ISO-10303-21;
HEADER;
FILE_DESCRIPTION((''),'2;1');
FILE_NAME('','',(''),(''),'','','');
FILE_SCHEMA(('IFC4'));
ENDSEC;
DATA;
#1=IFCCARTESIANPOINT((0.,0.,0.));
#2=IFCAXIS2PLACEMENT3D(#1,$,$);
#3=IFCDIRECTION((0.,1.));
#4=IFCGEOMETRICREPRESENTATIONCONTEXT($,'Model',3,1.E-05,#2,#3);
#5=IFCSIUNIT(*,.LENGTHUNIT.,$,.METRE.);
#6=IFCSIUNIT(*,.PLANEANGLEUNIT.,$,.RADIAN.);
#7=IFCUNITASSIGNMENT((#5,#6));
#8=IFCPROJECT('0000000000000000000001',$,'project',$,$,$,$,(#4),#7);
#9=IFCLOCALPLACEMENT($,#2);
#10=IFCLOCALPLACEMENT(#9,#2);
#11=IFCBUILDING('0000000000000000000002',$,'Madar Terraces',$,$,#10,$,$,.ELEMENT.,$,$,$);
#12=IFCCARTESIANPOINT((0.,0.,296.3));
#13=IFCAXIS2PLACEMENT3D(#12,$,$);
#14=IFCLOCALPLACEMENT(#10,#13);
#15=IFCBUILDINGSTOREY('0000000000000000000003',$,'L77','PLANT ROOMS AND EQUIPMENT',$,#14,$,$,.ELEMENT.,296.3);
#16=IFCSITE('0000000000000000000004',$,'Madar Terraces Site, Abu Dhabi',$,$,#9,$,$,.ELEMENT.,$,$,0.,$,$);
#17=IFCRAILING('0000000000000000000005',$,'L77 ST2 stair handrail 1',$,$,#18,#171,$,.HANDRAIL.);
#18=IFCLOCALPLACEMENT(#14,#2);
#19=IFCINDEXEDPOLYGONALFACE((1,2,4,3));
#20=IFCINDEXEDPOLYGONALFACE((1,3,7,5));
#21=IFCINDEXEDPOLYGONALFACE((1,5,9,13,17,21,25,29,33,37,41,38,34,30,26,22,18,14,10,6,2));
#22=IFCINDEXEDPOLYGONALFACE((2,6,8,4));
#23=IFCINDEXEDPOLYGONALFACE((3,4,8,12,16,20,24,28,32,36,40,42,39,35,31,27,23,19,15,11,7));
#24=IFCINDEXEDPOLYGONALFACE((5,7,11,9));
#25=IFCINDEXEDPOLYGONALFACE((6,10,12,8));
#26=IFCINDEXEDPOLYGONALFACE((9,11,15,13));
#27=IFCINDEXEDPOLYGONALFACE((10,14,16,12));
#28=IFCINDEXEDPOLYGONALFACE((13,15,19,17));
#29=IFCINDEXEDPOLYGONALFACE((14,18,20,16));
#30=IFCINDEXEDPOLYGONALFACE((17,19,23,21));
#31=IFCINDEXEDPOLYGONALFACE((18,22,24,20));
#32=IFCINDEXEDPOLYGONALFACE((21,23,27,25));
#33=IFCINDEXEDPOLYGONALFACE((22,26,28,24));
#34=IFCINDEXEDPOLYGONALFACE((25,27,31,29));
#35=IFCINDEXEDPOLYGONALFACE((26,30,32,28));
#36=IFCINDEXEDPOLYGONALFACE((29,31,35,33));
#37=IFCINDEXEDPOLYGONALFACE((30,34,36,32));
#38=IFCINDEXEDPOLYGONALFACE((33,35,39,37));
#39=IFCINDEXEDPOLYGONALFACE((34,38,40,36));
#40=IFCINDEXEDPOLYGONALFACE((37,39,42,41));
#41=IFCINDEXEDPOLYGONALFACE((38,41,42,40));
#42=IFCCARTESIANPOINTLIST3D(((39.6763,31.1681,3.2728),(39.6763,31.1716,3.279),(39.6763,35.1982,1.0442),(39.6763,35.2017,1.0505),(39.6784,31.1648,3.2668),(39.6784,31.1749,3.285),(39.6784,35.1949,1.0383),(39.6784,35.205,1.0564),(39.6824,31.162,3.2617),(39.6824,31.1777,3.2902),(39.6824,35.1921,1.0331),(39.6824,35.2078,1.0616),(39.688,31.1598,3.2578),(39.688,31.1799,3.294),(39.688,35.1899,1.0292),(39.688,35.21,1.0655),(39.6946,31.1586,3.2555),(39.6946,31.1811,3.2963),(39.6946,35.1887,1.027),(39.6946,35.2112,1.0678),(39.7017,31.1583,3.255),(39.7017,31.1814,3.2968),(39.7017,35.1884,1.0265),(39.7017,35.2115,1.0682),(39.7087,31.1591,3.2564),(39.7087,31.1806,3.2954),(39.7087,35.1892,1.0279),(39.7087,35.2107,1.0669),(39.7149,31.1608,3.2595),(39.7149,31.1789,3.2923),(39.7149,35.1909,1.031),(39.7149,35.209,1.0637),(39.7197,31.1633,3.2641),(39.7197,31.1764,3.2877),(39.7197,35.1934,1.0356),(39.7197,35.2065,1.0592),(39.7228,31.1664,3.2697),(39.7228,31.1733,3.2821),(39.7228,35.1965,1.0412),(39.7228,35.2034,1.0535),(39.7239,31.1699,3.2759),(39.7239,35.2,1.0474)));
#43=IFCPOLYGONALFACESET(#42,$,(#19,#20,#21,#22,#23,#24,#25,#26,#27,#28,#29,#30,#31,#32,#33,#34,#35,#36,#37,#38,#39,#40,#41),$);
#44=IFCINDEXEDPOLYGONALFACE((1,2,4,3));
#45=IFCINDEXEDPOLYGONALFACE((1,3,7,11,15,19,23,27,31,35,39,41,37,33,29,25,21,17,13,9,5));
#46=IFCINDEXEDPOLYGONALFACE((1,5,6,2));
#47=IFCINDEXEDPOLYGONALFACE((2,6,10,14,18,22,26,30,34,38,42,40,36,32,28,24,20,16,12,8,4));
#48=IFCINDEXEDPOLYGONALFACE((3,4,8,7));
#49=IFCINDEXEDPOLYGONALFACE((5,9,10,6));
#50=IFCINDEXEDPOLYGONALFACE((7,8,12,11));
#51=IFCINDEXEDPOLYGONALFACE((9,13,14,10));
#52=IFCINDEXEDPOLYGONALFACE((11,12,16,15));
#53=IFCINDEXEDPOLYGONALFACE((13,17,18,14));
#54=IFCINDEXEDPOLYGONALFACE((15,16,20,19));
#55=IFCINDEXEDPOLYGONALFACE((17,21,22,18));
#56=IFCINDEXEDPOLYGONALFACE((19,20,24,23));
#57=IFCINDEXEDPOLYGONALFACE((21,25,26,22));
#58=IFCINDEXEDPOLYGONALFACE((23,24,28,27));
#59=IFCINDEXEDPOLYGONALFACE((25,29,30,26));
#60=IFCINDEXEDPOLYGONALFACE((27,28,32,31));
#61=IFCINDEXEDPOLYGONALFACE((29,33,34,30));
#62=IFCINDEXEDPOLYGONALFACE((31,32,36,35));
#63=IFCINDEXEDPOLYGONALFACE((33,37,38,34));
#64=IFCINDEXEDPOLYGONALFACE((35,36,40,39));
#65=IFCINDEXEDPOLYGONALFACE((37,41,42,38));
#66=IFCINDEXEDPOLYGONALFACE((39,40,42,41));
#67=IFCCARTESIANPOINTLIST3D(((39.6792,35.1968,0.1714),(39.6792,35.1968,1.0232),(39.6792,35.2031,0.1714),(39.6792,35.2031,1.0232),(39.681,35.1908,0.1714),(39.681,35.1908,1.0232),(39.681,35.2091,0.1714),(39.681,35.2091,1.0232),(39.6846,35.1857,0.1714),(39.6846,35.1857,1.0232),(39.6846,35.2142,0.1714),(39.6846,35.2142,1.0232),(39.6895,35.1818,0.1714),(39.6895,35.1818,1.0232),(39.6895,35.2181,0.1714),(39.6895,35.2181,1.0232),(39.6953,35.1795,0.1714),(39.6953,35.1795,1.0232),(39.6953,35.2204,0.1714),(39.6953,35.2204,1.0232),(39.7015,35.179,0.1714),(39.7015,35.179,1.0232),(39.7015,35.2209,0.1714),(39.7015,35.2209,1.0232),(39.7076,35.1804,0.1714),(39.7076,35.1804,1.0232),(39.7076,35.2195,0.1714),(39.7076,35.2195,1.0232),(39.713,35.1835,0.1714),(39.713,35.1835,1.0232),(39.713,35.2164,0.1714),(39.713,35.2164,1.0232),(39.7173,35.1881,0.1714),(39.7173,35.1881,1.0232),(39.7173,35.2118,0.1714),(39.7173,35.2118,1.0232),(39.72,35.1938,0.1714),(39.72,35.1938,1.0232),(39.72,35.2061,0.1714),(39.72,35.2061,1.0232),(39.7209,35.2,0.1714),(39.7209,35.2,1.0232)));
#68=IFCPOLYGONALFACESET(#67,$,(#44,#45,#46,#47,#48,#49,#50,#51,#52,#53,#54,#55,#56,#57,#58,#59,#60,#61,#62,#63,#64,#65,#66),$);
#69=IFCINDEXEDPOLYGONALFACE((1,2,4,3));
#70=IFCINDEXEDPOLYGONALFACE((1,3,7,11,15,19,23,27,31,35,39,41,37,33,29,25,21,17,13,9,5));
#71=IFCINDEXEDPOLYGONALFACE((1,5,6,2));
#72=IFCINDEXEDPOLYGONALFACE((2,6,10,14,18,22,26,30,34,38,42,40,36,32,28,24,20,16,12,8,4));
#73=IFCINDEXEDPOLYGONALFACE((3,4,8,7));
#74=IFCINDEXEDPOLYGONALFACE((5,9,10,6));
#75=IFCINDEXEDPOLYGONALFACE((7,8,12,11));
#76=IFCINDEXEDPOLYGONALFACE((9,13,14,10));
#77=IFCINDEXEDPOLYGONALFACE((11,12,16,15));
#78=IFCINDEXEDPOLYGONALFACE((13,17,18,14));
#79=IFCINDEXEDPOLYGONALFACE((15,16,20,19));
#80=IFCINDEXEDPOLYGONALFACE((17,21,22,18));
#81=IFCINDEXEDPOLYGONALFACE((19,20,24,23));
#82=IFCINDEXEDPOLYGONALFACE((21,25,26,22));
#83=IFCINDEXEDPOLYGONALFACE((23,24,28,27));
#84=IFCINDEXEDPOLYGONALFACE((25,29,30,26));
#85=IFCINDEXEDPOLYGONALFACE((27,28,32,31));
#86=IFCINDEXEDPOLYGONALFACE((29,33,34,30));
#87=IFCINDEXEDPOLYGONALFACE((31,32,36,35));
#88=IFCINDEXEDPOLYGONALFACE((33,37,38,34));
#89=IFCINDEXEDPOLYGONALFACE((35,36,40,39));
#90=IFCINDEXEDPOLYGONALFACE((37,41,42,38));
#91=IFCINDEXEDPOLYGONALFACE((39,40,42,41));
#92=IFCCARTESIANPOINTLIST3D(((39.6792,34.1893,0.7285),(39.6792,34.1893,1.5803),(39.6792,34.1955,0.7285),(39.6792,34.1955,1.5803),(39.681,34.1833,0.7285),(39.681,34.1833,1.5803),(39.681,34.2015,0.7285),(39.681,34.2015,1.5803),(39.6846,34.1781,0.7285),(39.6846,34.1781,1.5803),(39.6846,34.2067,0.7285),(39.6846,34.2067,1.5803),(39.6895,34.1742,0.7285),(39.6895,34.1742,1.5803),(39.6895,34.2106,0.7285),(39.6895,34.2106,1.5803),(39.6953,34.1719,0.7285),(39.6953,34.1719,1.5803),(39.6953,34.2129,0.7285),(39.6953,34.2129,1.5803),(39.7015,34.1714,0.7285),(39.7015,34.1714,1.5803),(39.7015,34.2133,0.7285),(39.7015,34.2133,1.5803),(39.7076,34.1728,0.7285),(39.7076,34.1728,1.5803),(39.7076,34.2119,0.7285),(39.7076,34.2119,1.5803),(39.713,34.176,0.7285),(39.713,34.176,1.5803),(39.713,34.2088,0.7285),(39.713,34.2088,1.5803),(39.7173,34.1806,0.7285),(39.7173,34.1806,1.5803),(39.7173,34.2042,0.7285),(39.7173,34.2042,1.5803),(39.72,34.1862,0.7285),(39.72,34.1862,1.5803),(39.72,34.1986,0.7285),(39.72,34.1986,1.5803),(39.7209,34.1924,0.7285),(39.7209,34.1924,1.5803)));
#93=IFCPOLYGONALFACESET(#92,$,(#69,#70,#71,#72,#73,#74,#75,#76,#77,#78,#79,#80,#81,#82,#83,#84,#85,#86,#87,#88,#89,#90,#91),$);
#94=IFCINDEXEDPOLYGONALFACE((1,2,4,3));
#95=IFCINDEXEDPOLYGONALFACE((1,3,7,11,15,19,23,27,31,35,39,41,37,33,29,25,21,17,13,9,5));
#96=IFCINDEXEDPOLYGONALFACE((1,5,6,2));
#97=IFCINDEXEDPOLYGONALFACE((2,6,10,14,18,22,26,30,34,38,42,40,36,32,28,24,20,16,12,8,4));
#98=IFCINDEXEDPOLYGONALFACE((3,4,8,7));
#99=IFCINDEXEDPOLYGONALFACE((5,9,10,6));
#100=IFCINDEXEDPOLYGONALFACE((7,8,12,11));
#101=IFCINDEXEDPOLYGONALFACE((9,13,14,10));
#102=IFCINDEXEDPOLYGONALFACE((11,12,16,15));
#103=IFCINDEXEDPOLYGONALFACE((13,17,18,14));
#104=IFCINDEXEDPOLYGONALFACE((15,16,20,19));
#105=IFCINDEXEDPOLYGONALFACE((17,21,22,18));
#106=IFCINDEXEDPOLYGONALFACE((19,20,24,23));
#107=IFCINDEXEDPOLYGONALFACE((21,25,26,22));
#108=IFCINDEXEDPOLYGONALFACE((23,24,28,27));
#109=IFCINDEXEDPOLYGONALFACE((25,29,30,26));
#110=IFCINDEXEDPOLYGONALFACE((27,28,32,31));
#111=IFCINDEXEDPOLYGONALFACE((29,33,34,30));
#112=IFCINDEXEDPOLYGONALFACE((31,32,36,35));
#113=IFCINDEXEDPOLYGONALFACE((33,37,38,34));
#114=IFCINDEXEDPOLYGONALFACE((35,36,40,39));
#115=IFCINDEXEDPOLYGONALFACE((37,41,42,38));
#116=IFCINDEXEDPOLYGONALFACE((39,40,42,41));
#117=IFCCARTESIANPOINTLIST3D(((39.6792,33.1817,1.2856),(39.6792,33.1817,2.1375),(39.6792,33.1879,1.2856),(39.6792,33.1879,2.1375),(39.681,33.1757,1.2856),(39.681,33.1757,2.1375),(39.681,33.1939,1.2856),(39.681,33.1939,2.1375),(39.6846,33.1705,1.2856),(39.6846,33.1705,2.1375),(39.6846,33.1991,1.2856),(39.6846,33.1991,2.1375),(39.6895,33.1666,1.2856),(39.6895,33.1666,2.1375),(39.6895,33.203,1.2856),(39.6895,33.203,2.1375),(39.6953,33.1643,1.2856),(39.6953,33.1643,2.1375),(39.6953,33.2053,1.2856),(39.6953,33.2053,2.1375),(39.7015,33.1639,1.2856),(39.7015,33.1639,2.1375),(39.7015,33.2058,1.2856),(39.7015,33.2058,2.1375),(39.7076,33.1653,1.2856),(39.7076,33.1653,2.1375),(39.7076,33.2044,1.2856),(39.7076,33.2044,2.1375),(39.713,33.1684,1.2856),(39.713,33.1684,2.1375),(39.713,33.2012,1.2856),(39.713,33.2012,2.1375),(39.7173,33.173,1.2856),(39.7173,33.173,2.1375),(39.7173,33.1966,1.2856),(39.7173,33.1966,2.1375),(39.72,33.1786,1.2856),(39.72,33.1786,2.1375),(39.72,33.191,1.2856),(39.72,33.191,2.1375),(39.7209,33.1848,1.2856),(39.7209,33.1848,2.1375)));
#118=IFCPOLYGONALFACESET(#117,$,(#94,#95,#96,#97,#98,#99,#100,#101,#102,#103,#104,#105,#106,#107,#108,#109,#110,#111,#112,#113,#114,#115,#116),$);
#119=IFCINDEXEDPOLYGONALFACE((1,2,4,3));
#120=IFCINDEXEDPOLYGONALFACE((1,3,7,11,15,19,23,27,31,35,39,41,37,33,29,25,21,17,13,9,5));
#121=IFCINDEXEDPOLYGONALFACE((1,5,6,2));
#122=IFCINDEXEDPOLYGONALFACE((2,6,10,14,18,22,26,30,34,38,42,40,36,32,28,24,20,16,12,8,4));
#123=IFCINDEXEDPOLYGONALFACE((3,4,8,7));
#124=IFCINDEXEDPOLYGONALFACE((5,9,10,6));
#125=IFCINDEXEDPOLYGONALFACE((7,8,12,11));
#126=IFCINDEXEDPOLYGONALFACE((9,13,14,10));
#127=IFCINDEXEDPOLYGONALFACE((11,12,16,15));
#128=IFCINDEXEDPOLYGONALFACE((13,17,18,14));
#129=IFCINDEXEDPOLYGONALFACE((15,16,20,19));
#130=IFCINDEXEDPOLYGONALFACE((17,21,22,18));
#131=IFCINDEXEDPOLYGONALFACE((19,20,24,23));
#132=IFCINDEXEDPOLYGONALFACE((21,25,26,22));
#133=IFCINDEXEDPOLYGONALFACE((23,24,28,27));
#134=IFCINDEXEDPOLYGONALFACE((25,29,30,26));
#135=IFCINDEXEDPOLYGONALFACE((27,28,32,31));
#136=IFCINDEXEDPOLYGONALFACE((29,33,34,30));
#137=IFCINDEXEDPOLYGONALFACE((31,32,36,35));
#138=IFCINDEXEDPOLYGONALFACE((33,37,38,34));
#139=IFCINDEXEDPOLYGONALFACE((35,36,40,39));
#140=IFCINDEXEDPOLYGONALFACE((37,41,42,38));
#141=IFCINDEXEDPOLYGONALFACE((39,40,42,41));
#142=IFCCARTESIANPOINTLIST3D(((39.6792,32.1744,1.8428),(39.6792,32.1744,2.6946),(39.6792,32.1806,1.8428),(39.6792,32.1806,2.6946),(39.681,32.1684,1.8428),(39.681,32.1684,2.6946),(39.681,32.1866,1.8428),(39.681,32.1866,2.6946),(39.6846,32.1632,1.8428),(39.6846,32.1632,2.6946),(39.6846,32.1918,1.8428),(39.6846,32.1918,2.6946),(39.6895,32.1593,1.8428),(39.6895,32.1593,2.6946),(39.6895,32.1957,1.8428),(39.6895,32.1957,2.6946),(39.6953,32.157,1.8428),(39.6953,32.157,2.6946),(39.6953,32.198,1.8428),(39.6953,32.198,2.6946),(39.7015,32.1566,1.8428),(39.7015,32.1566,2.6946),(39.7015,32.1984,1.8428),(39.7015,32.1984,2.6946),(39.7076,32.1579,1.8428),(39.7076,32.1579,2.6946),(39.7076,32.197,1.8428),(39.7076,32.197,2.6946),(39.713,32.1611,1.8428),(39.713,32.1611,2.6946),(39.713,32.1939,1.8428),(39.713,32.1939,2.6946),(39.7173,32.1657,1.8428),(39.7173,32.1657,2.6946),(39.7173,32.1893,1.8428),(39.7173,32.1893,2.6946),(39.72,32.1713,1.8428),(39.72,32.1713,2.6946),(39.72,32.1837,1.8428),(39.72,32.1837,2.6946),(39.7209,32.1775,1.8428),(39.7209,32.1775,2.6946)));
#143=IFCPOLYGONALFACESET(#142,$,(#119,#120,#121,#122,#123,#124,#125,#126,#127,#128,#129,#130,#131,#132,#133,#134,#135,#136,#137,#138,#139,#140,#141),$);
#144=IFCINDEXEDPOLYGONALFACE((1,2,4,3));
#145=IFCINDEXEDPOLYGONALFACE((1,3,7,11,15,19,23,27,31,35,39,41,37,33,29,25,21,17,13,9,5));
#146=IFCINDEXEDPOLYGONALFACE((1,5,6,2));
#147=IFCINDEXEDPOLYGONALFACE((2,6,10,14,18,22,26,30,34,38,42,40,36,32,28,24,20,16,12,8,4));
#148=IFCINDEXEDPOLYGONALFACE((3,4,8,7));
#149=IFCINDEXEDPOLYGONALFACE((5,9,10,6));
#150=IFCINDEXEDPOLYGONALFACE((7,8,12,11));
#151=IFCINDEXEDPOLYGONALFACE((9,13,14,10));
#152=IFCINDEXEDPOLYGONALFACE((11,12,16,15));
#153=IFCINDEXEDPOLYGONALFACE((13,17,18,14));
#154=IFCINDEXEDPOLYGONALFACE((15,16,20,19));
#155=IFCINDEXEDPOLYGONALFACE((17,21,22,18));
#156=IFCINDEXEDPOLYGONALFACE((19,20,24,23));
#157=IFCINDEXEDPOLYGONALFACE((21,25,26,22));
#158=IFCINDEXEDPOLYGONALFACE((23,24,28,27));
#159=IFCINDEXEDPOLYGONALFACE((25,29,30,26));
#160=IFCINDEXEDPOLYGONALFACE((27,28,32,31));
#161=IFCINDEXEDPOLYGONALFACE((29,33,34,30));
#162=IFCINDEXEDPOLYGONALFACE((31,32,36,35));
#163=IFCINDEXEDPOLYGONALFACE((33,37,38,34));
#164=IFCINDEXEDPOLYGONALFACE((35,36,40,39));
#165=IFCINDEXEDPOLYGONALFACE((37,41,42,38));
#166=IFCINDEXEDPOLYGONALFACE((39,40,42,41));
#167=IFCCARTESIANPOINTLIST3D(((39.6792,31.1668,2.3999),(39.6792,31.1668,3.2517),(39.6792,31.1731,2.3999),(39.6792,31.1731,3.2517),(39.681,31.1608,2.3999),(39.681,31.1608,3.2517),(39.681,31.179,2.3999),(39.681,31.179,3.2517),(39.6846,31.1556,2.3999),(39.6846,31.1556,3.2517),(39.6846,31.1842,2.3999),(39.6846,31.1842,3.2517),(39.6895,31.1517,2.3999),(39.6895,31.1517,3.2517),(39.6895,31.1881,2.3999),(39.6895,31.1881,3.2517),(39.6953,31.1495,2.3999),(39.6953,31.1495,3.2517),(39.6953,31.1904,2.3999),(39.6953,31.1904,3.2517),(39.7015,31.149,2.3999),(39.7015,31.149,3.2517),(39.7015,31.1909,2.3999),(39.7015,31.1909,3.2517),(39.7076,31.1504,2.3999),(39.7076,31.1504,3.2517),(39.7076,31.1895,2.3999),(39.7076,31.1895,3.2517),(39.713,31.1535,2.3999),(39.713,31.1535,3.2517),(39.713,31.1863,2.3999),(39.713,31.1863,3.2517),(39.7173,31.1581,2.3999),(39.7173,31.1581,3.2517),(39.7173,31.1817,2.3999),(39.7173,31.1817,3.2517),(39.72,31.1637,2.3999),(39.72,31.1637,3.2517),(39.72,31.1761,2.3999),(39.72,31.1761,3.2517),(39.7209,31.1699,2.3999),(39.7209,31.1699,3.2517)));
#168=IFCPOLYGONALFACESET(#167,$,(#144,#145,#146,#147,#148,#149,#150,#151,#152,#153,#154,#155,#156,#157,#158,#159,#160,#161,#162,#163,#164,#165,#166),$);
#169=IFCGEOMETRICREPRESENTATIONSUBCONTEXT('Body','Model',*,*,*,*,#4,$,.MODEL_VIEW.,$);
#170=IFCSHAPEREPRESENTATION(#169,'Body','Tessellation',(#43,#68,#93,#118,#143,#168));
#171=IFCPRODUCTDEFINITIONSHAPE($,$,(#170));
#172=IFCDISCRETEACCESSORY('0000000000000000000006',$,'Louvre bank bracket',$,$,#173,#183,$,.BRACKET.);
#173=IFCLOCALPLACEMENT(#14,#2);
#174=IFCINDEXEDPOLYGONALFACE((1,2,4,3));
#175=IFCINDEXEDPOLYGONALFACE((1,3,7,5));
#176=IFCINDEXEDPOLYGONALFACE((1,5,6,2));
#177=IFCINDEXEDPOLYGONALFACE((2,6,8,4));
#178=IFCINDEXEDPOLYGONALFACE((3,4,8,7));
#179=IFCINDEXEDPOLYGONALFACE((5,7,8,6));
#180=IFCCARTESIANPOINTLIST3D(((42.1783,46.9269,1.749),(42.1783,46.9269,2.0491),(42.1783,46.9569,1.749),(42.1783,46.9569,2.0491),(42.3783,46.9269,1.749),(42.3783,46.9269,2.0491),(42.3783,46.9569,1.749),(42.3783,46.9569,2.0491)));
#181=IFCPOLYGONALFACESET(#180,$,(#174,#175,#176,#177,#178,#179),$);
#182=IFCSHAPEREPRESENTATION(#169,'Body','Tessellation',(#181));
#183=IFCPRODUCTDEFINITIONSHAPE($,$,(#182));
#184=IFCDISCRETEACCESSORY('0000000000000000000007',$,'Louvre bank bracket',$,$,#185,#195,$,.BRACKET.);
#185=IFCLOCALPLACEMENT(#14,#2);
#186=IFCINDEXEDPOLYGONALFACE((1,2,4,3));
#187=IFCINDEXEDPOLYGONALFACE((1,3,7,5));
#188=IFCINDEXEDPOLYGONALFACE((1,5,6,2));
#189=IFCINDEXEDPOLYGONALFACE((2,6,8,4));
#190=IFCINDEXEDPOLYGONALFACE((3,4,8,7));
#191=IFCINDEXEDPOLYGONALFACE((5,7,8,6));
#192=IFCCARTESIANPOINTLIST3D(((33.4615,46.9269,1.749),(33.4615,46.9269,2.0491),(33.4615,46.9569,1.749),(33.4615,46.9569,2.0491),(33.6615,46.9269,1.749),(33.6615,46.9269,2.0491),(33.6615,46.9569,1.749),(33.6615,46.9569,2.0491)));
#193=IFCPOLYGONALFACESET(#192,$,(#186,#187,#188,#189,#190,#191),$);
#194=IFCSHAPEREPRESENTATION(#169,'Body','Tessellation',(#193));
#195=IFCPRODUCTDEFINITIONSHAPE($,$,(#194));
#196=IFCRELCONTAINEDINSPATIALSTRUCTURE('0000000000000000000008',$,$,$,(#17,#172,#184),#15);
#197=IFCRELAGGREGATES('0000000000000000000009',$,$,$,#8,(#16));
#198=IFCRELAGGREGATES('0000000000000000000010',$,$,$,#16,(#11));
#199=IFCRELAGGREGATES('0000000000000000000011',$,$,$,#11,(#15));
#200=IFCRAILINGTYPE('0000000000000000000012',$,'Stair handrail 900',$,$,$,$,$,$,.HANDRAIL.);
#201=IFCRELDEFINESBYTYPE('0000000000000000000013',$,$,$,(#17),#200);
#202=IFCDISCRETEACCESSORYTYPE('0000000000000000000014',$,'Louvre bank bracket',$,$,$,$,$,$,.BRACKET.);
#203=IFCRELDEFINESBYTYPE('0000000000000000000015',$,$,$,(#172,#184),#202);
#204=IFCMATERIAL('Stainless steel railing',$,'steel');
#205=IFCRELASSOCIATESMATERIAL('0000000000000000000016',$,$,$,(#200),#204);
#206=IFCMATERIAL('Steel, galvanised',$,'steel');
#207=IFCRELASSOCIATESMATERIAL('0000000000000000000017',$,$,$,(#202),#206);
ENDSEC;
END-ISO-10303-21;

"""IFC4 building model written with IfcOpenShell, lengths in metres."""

from ifc_helpers import new_model, si_unit, direction, frame, origin, origin_2d, place, context, subcontext, project, spatial, rectangle, circle, extrude, material, type_object, element, save


model = new_model("IFC4")

# Units and contexts
model_context = context("Model", 3, precision=1e-05, world=origin(), true_north=direction((0.0, 1.0)))
body_context = subcontext(model_context, "Body", "Model", "MODEL_VIEW")
ifc_project = project(units=[si_unit("LENGTHUNIT", "METRE"), si_unit("PLANEANGLEUNIT", "RADIAN")], contexts=[model_context])

# Site, building, storey
site_placement = place(None, origin())
site = spatial("IfcSite", under=ifc_project, at=site_placement, Name="Madar Terraces Site, Abu Dhabi", CompositionType="ELEMENT", RefElevation=0.0)
building_placement = place(site_placement, origin())
building = spatial("IfcBuilding", under=site, at=building_placement, Name="Madar Terraces", CompositionType="ELEMENT")
storey_placement = place(building_placement, frame((0.0, 0.0, 296.3)))
storey = spatial("IfcBuildingStorey", under=building, at=storey_placement, Name="L77", Description="PLANT ROOMS AND EQUIPMENT", CompositionType="ELEMENT", Elevation=296.3)

# Railing
ifc_material_1 = material(Name="Stainless steel railing", Category="steel")
railing_type_1 = type_object("IfcRailingType", Name="Stair handrail 900", PredefinedType="HANDRAIL", material=ifc_material_1)
railing_1_placement = place(storey_placement, frame((39.7, 35.2, 0.1714)))
element("IfcRailing", 1, at=railing_1_placement, inside=storey, type_object=railing_type_1, Name="L77 ST2 stair handrail 1", PredefinedType="HANDRAIL", context=body_context, shape_type="SweptSolid", body=[
    extrude(circle(Radius=0.0239, at=origin_2d()), frame((0.0, 0.0, 0.876), z_axis=(0.0, -0.875113, 0.483918), x_axis=(1.0, 0.0, 0.0)), (0.0, 0.0, 1.0), 4.6052),
    extrude(circle(Radius=0.021, at=origin_2d()), origin(), (0.0, 0.0, 1.0), 0.8518),
    extrude(circle(Radius=0.021, at=origin_2d()), frame((0.0, -1.0076, 0.5571)), (0.0, 0.0, 1.0), 0.8518),
    extrude(circle(Radius=0.021, at=origin_2d()), frame((0.0, -2.0151, 1.1143)), (0.0, 0.0, 1.0), 0.8518),
    extrude(circle(Radius=0.021, at=origin_2d()), frame((0.0, -3.0225, 1.6714)), (0.0, 0.0, 1.0), 0.8518),
    extrude(circle(Radius=0.021, at=origin_2d()), frame((0.0, -4.03, 2.2285)), (0.0, 0.0, 1.0), 0.8518),
])

# Discrete accessories
ifc_material_2 = material(Name="Steel, galvanised", Category="steel")
discrete_accessory_type = type_object("IfcDiscreteAccessoryType", Name="Louvre bank bracket", PredefinedType="BRACKET", material=ifc_material_2)
for number, where, z_axis, x_axis, name in (
    (2, (42.2783, 46.9419, 1.749), (0.0, 0.0, 1.0), (-1.0, 0.0, 0.0), "Louvre bank bracket"),
    (3, (33.5615, 46.9419, 1.749), (0.0, 0.0, 1.0), (-1.0, 0.0, 0.0), "Louvre bank bracket"),
):
    element("IfcDiscreteAccessory", number, at=place(storey_placement, frame(where, z_axis=z_axis, x_axis=x_axis)), inside=storey, type_object=discrete_accessory_type, Name=name, PredefinedType="BRACKET", context=body_context, shape_type="SweptSolid", body=[
        extrude(rectangle(XDim=0.2, YDim=0.03, at=origin_2d()), origin(), (0.0, 0.0, 1.0), 0.3),
    ])

save(model, "model.ifc")
